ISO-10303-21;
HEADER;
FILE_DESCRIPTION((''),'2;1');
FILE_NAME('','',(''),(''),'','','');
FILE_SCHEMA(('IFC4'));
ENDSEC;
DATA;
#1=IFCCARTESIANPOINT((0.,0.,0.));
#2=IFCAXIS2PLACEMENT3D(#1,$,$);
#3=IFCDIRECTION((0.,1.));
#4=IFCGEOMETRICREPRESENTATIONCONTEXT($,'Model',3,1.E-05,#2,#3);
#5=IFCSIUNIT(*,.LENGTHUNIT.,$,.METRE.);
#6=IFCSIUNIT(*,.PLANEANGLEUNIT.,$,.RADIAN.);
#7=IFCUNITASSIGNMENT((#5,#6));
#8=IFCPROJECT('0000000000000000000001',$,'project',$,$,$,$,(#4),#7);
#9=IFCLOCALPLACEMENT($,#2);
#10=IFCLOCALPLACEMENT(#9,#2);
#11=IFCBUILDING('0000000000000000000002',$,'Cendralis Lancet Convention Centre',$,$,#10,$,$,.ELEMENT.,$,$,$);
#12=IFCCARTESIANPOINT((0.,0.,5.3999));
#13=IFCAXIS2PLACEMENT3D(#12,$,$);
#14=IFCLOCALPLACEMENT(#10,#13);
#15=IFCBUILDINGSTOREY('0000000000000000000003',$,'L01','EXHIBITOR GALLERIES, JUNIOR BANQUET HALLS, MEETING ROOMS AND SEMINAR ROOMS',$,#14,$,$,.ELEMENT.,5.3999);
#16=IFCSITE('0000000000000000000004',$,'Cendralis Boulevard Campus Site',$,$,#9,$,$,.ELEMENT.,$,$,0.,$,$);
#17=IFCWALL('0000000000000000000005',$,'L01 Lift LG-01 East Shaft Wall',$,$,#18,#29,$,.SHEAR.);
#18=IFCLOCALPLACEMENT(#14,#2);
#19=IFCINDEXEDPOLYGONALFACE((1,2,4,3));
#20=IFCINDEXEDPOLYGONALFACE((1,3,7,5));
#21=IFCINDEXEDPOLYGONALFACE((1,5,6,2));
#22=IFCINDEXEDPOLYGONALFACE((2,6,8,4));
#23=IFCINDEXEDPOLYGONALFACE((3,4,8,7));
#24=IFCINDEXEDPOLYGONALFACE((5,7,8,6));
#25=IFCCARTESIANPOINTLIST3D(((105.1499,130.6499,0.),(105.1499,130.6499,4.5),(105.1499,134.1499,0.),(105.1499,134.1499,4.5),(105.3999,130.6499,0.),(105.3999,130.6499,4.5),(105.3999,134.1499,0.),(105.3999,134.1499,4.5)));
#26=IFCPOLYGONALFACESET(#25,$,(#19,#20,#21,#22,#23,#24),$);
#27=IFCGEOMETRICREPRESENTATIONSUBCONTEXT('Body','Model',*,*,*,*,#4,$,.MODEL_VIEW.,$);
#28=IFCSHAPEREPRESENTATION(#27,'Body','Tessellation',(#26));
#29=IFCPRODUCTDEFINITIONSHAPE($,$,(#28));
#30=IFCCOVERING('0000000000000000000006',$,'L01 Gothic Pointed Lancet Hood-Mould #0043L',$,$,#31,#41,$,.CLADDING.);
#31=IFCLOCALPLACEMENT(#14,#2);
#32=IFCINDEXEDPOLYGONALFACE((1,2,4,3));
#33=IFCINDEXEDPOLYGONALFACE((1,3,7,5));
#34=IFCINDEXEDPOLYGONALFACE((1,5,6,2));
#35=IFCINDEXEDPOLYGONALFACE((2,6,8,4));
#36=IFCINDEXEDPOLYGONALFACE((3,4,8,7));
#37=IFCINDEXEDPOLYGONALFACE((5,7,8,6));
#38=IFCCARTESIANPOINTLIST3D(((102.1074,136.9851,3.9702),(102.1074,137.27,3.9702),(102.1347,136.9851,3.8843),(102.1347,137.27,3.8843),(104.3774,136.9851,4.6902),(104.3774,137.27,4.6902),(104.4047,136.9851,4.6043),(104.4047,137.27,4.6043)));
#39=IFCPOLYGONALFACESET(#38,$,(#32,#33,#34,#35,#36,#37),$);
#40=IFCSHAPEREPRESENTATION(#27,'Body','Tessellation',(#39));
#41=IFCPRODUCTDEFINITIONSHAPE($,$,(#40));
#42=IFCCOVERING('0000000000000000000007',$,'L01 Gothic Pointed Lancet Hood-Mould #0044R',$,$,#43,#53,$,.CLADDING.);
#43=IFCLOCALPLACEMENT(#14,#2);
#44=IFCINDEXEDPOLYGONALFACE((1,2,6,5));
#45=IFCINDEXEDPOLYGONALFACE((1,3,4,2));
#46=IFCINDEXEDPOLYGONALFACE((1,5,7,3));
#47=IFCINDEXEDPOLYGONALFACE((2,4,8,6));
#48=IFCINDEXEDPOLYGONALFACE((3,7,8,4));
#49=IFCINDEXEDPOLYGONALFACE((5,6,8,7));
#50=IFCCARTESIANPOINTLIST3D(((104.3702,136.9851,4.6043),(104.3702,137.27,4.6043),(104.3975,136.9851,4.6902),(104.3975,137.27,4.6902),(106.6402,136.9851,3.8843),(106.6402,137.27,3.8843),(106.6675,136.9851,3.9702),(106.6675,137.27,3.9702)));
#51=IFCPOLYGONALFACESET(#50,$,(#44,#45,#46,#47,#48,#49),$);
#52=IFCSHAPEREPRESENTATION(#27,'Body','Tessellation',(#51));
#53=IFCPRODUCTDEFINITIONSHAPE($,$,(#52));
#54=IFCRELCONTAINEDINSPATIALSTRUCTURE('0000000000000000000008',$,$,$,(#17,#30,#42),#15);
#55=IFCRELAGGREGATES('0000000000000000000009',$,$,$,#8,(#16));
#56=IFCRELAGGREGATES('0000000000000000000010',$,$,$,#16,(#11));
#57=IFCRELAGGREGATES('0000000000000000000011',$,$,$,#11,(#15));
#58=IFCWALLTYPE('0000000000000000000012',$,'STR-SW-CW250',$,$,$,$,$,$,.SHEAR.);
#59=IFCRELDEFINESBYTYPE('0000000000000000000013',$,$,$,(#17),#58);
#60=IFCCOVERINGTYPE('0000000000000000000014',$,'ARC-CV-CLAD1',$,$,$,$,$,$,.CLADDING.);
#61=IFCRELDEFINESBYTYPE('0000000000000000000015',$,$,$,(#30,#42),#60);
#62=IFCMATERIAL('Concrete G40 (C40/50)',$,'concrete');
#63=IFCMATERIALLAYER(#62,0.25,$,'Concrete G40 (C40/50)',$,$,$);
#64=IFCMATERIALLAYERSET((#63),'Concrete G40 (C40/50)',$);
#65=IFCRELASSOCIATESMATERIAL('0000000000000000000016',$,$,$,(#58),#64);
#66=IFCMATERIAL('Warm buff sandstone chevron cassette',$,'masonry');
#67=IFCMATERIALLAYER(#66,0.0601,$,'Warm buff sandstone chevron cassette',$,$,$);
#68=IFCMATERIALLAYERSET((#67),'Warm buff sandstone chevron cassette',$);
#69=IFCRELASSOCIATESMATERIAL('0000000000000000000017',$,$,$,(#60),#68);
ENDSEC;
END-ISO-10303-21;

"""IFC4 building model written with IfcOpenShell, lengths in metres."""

from ifc_helpers import new_model, si_unit, direction, frame, frame_2d, origin, place, context, subcontext, project, spatial, polyline, rectangle, outline, extrude, material, layer, layer_set, type_object, element, save


model = new_model("IFC4")

# Units and contexts
model_context = context("Model", 3, precision=1e-05, world=origin(), true_north=direction((0.0, 1.0)))
body_context = subcontext(model_context, "Body", "Model", "MODEL_VIEW")
ifc_project = project(units=[si_unit("LENGTHUNIT", "METRE"), si_unit("PLANEANGLEUNIT", "RADIAN")], contexts=[model_context])

# Site, building, storey
site_placement = place(None, origin())
site = spatial("IfcSite", under=ifc_project, at=site_placement, Name="Cendralis Boulevard Campus Site", CompositionType="ELEMENT", RefElevation=0.0)
building_placement = place(site_placement, origin())
building = spatial("IfcBuilding", under=site, at=building_placement, Name="Cendralis Lancet Convention Centre", CompositionType="ELEMENT")
storey_placement = place(building_placement, frame((0.0, 0.0, 5.3999)))
storey = spatial("IfcBuildingStorey", under=building, at=storey_placement, Name="L01", Description="EXHIBITOR GALLERIES, JUNIOR BANQUET HALLS, MEETING ROOMS AND SEMINAR ROOMS", CompositionType="ELEMENT", Elevation=5.3999)

# Shared definitions
ifc_material_1 = material(Name="Concrete G40 (C40/50)", Category="concrete")

# Shared definitions
ifc_layer_1 = layer(ifc_material_1, 0.25, Name="Concrete G40 (C40/50)")
ifc_layer_set_1 = layer_set([ifc_layer_1], Name="Concrete G40 (C40/50)")
wall_type_1 = type_object("IfcWallType", Name="STR-SW-CW250", PredefinedType="SHEAR", material=ifc_layer_set_1)

# Wall
for number, where, z_axis, x_axis, name in (
    (1, (105.2749, 130.6499, 0.0), (0.0, 0.0, 1.0), (0.0, 1.0, 0.0), "L01 Lift LG-01 East Shaft Wall"),
):
    element("IfcWall", number, at=place(storey_placement, frame(where, z_axis=z_axis, x_axis=x_axis)), inside=storey, type_object=wall_type_1, Name=name, PredefinedType="SHEAR", context=body_context, shape_type="SweptSolid", body=[
        extrude(rectangle(XDim=3.5, YDim=0.25, at=frame_2d((1.75, 0.0))), origin(), (0.0, 0.0, 1.0), 4.5),
    ])

# Coverings
ifc_material_2 = material(Name="Warm buff sandstone chevron cassette", Category="masonry")
ifc_layer_2 = layer(ifc_material_2, 0.0601, Name="Warm buff sandstone chevron cassette")
ifc_layer_set_2 = layer_set([ifc_layer_2], Name="Warm buff sandstone chevron cassette")
covering_type = type_object("IfcCoveringType", Name="ARC-CV-CLAD1", PredefinedType="CLADDING", material=ifc_layer_set_2)
for number, where, z_axis, x_axis, name in (
    (2, (102.1074, 137.27, 3.9702), (-0.302323, 0.0, 0.953205), (0.0, -1.0, 0.0), "L01 Gothic Pointed Lancet Hood-Mould #0043L"),
    (3, (104.3975, 137.27, 4.6902), (0.302323, 0.0, 0.953205), (0.0, -1.0, 0.0), "L01 Gothic Pointed Lancet Hood-Mould #0044R"),
):
    element("IfcCovering", number, at=place(storey_placement, frame(where, z_axis=z_axis, x_axis=x_axis)), inside=storey, type_object=covering_type, Name=name, PredefinedType="CLADDING", context=body_context, shape_type="SweptSolid", body=[
        extrude(outline(polyline([(0.0, 0.0), (0.2849, 0.0), (0.2849, 2.3815), (0.0, 2.3815), (0.0, 0.0)])), origin(), (0.0, 0.0, -1.0), 0.0901),
    ])

save(model, "model.ifc")
